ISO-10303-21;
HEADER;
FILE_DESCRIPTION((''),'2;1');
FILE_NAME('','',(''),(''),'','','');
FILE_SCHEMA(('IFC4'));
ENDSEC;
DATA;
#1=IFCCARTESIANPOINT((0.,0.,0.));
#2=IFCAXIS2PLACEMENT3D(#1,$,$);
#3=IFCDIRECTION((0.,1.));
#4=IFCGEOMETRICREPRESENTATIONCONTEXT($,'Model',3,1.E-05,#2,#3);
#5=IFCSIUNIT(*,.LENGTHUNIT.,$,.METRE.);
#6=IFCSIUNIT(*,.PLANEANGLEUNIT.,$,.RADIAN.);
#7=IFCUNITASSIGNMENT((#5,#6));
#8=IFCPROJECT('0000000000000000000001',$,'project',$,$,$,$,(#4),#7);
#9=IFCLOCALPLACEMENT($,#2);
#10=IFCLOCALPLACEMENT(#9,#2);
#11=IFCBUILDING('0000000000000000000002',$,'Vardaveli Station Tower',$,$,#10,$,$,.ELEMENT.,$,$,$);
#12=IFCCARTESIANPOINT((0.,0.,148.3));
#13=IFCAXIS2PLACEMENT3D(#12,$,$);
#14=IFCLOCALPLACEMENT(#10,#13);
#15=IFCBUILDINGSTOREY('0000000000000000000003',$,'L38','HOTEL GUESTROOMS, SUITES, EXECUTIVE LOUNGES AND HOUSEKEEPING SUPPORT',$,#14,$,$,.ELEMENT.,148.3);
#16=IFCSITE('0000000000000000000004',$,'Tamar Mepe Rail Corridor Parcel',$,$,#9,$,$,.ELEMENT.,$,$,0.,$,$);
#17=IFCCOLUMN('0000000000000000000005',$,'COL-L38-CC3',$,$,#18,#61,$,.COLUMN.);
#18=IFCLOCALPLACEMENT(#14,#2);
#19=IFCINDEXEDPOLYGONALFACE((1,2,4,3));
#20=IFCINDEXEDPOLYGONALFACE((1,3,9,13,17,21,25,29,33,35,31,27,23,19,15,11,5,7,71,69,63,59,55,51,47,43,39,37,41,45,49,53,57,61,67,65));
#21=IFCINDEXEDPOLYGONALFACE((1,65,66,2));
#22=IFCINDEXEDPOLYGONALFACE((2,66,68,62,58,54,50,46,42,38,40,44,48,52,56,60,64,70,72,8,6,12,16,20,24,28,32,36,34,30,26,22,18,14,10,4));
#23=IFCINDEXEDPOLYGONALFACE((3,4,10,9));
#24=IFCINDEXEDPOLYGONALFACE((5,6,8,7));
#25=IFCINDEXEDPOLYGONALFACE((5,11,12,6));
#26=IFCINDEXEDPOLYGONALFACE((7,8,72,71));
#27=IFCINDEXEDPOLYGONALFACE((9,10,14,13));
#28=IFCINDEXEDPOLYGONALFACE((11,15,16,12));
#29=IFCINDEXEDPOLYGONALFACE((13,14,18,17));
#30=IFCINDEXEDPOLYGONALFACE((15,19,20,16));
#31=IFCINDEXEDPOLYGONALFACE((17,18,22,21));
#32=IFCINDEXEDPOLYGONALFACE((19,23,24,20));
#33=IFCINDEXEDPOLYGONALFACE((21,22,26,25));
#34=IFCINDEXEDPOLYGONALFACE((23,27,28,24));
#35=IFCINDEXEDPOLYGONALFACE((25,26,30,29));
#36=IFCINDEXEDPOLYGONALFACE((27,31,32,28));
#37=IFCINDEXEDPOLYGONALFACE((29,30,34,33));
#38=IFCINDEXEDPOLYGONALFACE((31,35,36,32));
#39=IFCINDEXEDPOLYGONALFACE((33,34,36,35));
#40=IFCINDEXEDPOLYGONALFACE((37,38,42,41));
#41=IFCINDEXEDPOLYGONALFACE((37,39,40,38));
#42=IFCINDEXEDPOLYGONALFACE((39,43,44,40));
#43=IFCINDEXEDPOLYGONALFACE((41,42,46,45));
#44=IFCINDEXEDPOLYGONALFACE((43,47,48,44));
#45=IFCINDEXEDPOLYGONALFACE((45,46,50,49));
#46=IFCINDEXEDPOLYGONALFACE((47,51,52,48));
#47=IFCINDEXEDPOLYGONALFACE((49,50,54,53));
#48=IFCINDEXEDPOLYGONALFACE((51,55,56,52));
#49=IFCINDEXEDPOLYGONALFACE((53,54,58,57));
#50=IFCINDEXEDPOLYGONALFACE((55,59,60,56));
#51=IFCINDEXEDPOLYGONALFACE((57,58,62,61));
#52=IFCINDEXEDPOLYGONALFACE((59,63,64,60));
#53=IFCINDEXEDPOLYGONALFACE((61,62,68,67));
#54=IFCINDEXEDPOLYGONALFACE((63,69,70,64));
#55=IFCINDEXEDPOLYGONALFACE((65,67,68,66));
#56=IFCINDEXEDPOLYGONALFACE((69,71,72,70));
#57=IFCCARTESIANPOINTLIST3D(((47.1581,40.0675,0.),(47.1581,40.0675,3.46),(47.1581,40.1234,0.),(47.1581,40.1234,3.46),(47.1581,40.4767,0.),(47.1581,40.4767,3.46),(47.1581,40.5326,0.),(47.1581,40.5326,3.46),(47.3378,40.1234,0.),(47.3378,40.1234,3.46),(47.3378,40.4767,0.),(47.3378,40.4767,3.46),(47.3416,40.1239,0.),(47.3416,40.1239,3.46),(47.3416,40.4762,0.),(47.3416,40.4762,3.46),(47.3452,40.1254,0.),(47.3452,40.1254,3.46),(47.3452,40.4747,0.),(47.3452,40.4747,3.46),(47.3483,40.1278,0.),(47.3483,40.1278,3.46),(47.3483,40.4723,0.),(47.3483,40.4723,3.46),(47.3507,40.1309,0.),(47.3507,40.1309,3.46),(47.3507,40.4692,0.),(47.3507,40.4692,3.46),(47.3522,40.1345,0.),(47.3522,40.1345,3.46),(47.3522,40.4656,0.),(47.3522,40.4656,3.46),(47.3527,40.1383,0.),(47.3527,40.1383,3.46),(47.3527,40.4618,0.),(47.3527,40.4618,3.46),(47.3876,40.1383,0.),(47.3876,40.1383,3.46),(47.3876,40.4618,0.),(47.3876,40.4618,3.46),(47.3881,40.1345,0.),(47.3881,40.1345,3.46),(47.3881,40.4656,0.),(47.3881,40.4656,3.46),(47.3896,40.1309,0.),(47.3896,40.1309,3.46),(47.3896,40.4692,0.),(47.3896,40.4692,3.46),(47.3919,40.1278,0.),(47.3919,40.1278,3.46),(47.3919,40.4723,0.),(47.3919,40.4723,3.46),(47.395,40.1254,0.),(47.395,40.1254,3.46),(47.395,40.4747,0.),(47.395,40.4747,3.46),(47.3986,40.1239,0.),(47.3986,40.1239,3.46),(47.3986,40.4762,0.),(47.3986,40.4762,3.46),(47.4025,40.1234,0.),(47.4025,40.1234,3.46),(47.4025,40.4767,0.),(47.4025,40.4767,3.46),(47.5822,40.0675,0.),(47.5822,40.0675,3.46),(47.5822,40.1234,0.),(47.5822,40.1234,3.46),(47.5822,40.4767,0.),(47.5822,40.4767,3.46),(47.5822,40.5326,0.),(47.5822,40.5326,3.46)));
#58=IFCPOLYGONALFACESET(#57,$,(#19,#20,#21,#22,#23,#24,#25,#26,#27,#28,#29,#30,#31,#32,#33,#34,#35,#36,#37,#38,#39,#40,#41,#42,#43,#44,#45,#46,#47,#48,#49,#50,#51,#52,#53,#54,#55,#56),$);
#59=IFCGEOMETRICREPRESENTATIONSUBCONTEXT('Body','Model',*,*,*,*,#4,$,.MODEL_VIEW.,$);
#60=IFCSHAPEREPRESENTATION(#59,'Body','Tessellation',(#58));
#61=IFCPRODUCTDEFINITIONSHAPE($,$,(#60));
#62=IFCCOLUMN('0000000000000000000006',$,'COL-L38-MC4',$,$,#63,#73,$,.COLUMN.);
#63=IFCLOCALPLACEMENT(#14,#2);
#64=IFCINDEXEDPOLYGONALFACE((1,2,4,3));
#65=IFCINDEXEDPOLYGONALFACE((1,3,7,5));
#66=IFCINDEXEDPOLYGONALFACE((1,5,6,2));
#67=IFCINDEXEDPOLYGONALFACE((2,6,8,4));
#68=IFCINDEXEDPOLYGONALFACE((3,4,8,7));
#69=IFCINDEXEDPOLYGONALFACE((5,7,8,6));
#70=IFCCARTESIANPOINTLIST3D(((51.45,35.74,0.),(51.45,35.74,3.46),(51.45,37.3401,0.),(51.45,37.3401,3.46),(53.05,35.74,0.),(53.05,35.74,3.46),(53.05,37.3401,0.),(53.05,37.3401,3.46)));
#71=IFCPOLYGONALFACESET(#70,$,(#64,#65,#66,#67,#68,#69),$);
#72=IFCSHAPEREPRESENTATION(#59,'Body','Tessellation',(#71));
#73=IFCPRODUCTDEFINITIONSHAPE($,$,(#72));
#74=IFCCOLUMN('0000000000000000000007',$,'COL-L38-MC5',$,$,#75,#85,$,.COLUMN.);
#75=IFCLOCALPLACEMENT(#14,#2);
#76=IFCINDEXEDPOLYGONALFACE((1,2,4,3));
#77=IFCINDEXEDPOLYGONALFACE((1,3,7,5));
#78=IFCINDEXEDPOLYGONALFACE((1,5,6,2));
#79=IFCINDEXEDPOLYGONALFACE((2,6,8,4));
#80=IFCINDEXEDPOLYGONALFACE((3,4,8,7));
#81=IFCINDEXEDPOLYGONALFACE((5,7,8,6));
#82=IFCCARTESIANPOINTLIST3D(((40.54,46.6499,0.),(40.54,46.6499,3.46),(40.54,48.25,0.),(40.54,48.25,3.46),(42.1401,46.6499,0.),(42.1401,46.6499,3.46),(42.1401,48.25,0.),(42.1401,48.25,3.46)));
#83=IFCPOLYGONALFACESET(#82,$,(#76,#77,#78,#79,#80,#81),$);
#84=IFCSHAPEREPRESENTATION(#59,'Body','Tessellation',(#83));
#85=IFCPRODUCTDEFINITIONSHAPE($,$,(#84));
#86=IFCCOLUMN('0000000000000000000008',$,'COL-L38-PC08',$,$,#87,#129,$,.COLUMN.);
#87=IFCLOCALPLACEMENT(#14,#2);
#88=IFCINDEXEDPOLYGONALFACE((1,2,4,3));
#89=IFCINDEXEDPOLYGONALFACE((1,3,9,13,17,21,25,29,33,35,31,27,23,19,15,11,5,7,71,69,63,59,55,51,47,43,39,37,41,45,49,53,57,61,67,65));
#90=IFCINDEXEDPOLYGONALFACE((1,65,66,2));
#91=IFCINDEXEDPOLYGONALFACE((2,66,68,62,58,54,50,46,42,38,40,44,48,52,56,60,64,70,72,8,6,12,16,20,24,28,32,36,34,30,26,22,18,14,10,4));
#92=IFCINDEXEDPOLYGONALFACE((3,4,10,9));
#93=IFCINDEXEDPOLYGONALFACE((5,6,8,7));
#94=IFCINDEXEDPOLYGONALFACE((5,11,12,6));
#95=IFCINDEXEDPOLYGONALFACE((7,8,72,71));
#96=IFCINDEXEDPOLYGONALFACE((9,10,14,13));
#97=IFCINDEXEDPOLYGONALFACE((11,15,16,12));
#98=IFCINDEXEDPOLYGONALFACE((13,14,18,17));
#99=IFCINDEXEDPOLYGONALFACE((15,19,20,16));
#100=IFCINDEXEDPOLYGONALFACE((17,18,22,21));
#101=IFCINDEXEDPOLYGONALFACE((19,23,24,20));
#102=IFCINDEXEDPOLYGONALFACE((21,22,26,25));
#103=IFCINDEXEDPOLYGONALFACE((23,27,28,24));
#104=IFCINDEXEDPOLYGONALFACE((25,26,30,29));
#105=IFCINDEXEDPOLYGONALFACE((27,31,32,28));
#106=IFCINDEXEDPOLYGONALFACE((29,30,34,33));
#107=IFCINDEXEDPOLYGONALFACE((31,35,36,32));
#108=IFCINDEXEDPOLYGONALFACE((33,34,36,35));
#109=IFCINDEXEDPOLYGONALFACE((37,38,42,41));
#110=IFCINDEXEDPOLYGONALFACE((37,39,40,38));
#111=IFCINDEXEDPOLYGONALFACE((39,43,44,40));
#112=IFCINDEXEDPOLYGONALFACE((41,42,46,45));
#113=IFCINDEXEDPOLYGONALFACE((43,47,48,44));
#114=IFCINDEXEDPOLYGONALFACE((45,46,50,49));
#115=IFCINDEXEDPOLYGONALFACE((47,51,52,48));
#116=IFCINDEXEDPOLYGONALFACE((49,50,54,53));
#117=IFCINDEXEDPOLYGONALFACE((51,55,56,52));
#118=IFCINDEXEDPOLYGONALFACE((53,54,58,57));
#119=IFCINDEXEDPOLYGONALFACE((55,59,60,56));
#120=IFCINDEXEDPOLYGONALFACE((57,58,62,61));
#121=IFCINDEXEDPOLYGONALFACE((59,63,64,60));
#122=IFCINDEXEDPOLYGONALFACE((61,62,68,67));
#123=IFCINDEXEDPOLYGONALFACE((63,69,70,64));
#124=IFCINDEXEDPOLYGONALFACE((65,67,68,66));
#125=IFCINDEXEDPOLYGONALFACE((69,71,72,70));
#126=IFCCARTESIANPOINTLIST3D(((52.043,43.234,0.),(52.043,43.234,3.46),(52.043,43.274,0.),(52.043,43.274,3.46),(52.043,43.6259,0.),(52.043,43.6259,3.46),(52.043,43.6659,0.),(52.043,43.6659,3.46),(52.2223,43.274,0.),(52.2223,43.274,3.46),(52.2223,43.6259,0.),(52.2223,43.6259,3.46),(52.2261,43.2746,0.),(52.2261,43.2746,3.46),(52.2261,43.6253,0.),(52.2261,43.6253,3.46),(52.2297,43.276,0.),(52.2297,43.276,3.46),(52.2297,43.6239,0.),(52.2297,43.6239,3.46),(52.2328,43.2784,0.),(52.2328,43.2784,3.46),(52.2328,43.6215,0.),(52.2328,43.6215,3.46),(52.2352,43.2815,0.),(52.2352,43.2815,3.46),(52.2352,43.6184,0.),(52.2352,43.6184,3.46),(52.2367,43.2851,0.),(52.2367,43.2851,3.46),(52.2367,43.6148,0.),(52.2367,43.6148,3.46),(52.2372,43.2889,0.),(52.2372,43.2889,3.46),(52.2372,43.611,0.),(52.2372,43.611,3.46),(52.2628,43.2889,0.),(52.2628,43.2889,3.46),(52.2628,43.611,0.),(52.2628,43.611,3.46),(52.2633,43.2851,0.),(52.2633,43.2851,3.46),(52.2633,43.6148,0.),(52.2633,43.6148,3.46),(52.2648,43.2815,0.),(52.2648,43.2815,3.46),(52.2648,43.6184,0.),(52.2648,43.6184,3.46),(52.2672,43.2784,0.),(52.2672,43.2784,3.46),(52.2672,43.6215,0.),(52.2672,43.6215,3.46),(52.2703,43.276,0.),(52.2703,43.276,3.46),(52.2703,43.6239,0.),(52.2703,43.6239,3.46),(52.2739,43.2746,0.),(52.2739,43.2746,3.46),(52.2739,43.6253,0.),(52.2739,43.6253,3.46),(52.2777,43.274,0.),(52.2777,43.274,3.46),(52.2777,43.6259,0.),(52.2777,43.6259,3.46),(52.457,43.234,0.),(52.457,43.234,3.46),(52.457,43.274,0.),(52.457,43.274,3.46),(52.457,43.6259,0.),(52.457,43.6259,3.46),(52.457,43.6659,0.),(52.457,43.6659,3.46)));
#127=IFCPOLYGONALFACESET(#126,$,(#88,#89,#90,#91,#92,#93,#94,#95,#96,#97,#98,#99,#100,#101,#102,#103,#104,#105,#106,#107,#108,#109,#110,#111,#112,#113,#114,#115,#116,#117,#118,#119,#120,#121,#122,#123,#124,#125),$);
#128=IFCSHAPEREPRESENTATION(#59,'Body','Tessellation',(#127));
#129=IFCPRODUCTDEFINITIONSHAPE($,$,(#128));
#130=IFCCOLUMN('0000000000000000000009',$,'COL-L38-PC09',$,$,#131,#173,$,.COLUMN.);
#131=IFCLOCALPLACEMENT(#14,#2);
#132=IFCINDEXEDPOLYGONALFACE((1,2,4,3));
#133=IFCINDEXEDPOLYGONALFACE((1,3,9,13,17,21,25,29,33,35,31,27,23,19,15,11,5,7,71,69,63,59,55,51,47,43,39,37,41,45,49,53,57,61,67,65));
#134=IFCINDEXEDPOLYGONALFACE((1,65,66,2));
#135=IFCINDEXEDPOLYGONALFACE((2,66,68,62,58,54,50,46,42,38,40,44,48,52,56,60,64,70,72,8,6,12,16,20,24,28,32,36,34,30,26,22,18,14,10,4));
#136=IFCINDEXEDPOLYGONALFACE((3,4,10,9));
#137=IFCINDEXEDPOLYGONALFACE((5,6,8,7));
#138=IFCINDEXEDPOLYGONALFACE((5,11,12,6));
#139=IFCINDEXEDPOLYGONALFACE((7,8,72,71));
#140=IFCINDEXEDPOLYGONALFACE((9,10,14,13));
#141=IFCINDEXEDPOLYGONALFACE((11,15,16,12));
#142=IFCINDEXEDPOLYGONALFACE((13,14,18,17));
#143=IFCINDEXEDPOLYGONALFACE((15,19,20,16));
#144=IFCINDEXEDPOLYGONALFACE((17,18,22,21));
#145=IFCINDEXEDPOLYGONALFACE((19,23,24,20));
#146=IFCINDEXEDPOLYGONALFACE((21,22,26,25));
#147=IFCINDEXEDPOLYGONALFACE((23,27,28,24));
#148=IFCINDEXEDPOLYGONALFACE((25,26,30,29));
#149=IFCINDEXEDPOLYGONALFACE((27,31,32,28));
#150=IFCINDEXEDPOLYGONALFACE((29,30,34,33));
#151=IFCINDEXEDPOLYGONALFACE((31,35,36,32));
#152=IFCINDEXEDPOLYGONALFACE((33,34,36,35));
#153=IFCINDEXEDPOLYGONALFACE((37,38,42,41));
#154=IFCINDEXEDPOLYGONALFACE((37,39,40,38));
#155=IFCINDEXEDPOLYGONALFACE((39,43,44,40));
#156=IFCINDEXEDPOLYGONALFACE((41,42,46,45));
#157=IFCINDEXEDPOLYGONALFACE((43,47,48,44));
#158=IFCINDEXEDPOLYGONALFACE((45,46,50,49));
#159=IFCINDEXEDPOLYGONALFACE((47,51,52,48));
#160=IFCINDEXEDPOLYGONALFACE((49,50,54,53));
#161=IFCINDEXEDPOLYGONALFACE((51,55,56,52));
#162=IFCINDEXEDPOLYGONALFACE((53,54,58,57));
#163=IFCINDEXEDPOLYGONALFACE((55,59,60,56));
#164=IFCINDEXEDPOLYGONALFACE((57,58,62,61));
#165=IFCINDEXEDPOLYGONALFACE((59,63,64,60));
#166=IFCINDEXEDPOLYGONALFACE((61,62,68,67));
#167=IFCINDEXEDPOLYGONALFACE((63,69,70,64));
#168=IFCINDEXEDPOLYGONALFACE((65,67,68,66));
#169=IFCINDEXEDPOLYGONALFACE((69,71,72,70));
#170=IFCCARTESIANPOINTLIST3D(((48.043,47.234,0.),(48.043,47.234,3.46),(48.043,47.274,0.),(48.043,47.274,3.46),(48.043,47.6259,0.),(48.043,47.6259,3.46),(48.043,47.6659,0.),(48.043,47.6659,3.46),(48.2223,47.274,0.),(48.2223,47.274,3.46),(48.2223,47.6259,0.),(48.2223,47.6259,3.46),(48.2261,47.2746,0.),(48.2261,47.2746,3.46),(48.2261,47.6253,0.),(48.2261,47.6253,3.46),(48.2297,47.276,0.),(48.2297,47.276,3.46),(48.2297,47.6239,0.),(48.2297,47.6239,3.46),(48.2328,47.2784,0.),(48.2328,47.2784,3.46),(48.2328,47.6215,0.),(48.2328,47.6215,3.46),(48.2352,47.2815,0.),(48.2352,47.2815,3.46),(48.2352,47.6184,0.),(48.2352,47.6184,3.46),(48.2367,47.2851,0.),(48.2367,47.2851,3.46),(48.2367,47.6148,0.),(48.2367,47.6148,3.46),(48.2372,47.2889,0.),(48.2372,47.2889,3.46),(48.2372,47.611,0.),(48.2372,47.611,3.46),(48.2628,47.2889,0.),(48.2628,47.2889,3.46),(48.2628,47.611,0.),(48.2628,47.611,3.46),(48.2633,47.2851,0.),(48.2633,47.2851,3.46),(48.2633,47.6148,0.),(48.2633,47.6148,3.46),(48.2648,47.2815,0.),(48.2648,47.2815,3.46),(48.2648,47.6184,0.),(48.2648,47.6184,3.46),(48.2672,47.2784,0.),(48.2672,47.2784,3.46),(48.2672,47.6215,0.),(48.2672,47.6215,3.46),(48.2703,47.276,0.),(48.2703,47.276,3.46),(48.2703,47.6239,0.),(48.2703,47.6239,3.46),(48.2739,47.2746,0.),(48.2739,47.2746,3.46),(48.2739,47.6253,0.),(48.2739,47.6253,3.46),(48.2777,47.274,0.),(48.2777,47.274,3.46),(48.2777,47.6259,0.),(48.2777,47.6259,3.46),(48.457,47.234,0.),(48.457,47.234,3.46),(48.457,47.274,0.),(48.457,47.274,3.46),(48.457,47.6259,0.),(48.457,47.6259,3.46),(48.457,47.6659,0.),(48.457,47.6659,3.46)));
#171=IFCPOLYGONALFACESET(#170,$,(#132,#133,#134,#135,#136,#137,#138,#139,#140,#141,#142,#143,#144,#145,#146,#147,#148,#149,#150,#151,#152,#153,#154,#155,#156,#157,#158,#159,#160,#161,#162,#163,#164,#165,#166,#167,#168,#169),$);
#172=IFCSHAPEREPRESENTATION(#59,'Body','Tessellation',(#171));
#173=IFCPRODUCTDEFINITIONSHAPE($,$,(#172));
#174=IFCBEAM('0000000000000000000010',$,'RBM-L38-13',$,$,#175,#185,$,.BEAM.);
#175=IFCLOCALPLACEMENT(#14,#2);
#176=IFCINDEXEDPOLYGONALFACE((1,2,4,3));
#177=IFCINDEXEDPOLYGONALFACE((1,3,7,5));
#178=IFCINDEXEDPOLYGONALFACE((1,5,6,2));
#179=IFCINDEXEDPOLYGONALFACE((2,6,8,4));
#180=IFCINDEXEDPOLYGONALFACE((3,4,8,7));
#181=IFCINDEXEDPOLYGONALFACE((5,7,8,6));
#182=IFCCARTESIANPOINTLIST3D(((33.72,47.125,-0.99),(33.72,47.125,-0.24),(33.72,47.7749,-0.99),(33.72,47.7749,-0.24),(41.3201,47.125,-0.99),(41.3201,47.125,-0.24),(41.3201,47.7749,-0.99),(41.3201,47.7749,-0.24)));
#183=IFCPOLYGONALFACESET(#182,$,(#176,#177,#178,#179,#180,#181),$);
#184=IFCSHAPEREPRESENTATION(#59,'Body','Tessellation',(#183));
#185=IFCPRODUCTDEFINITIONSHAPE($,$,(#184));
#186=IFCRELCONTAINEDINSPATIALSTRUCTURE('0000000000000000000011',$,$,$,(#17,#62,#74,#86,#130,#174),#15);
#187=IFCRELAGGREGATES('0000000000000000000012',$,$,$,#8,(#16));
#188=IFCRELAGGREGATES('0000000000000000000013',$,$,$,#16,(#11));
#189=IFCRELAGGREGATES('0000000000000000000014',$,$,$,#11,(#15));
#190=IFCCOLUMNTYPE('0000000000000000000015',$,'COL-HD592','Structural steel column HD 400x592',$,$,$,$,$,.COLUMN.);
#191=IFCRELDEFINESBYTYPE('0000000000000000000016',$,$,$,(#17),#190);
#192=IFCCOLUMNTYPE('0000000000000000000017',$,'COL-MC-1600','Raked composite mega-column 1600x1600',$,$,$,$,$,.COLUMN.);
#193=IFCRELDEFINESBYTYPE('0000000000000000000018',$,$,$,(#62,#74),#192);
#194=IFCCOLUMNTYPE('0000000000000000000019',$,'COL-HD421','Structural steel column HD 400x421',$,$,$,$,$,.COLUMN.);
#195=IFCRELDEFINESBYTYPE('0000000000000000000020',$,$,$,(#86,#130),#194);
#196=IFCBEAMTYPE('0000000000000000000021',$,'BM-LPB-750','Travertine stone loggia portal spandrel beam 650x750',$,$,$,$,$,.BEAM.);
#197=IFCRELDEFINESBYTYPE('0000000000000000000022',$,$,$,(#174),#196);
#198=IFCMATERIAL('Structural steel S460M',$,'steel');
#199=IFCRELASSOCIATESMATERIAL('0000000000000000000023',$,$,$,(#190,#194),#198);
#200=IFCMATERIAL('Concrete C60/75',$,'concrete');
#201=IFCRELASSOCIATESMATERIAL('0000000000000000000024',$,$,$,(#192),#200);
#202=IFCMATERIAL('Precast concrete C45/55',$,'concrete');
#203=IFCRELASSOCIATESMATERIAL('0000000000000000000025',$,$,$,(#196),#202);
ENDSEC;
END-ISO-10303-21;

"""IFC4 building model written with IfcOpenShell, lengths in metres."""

from ifc_helpers import new_model, si_unit, direction, frame, origin, origin_2d, place, context, subcontext, project, spatial, rectangle, i_section, extrude, source, transform, mapped, material, material_profile, profile_set, type_object, element, save


model = new_model("IFC4")

# Units and contexts
model_context = context("Model", 3, precision=1e-05, world=origin(), true_north=direction((0.0, 1.0)))
body_context = subcontext(model_context, "Body", "Model", "MODEL_VIEW")
ifc_project = project(units=[si_unit("LENGTHUNIT", "METRE"), si_unit("PLANEANGLEUNIT", "RADIAN")], contexts=[model_context])

# Site, building, storey
site_placement = place(None, origin())
site = spatial("IfcSite", under=ifc_project, at=site_placement, Name="Tamar Mepe Rail Corridor Parcel", CompositionType="ELEMENT", RefElevation=0.0)
building_placement = place(site_placement, origin())
building = spatial("IfcBuilding", under=site, at=building_placement, Name="Vardaveli Station Tower", CompositionType="ELEMENT")
storey_placement = place(building_placement, frame((0.0, 0.0, 148.3)))
storey = spatial("IfcBuildingStorey", under=building, at=storey_placement, Name="L38", Description="HOTEL GUESTROOMS, SUITES, EXECUTIVE LOUNGES AND HOUSEKEEPING SUPPORT", CompositionType="ELEMENT", Elevation=148.3)

# Columns
ifc_material_1 = material(Name="Structural steel S460M", Category="steel")
ifc_material_profile_1 = material_profile(ifc_material_1, i_section(OverallWidth=0.4241, OverallDepth=0.4651, WebThickness=0.0349, FlangeThickness=0.0559, FilletRadius=0.0149, at=origin_2d()), Name="HD 400x592")
ifc_profile_set_1 = profile_set([ifc_material_profile_1], Name="Structural steel S460M")
column_type_1 = type_object("IfcColumnType", Name="COL-HD592", Description="Structural steel column HD 400x592", PredefinedType="COLUMN", material=ifc_profile_set_1)
shared_shape_1 = source(origin(), body_context, "Body", "SweptSolid", [
    extrude(i_section(OverallWidth=0.4241, OverallDepth=0.4651, WebThickness=0.0349, FlangeThickness=0.0559, FilletRadius=0.0149, at=origin_2d()), origin(), (0.0, 0.0, 1.0), 3.46),
])
column_placement = place(storey_placement, frame((47.3701, 40.3, 0.0), z_axis=(0.0, 0.0, 1.0), x_axis=(1.0, 0.0, 0.0)))
element("IfcColumn", 1, at=column_placement, inside=storey, type_object=column_type_1, Name="COL-L38-CC3", PredefinedType="COLUMN", context=body_context, shape_type="MappedRepresentation", body=[
    mapped(shared_shape_1, transform((0.0, 0.0, 0.0), scale=1.0)),
])
ifc_material_2 = material(Name="Concrete C60/75", Category="concrete")
ifc_material_profile_2 = material_profile(ifc_material_2, rectangle(XDim=1.6001, YDim=1.6001, at=origin_2d()), Name="MC 1600x1600")
ifc_profile_set_2 = profile_set([ifc_material_profile_2], Name="Concrete C60/75")
column_type_2 = type_object("IfcColumnType", Name="COL-MC-1600", Description="Raked composite mega-column 1600x1600", PredefinedType="COLUMN", material=ifc_profile_set_2)
shared_shape_2 = source(origin(), body_context, "Body", "SweptSolid", [
    extrude(rectangle(XDim=1.6001, YDim=1.6001, at=origin_2d()), origin(), (0.0, 0.0, 1.0), 3.46),
])
for number, where, z_axis, x_axis, name in (
    (2, (52.25, 36.54, 0.0), (0.0, 0.0, 1.0), (1.0, 0.0, 0.0), "COL-L38-MC4"),
    (3, (41.3401, 47.45, 0.0), (0.0, 0.0, 1.0), (1.0, 0.0, 0.0), "COL-L38-MC5"),
):
    element("IfcColumn", number, at=place(storey_placement, frame(where, z_axis=z_axis, x_axis=x_axis)), inside=storey, type_object=column_type_2, Name=name, PredefinedType="COLUMN", context=body_context, shape_type="MappedRepresentation", body=[
        mapped(shared_shape_2, transform((0.0, 0.0, 0.0), scale=1.0)),
    ])
ifc_material_profile_3 = material_profile(ifc_material_1, i_section(OverallWidth=0.4141, OverallDepth=0.4319, WebThickness=0.0256, FlangeThickness=0.04, FilletRadius=0.0149, at=origin_2d()), Name="HD 400x421")
ifc_profile_set_3 = profile_set([ifc_material_profile_3], Name="Structural steel S460M")
column_type_3 = type_object("IfcColumnType", Name="COL-HD421", Description="Structural steel column HD 400x421", PredefinedType="COLUMN", material=ifc_profile_set_3)
shared_shape_3 = source(origin(), body_context, "Body", "SweptSolid", [
    extrude(i_section(OverallWidth=0.4141, OverallDepth=0.4319, WebThickness=0.0256, FlangeThickness=0.04, FilletRadius=0.0149, at=origin_2d()), origin(), (0.0, 0.0, 1.0), 3.46),
])
for number, where, z_axis, x_axis, name in (
    (4, (52.25, 43.45, 0.0), (0.0, 0.0, 1.0), (1.0, 0.0, 0.0), "COL-L38-PC08"),
    (5, (48.25, 47.45, 0.0), (0.0, 0.0, 1.0), (1.0, 0.0, 0.0), "COL-L38-PC09"),
):
    element("IfcColumn", number, at=place(storey_placement, frame(where, z_axis=z_axis, x_axis=x_axis)), inside=storey, type_object=column_type_3, Name=name, PredefinedType="COLUMN", context=body_context, shape_type="MappedRepresentation", body=[
        mapped(shared_shape_3, transform((0.0, 0.0, 0.0), scale=1.0)),
    ])

# Beam
ifc_material_3 = material(Name="Precast concrete C45/55", Category="concrete")
ifc_material_profile_4 = material_profile(ifc_material_3, rectangle(XDim=0.6499, YDim=0.75, at=origin_2d()), Name="LPB 650x750")
ifc_profile_set_4 = profile_set([ifc_material_profile_4], Name="Precast concrete C45/55")
beam_type = type_object("IfcBeamType", Name="BM-LPB-750", Description="Travertine stone loggia portal spandrel beam 650x750", PredefinedType="BEAM", material=ifc_profile_set_4)
shared_shape_4 = source(origin(), body_context, "Body", "SweptSolid", [
    extrude(rectangle(XDim=0.6499, YDim=0.75, at=origin_2d()), origin(), (0.0, 0.0, 1.0), 7.6001),
])
beam_1_placement = place(storey_placement, frame((41.3201, 47.45, -0.615), z_axis=(-1.0, 0.0, 0.0), x_axis=(0.0, -1.0, 0.0)))
element("IfcBeam", 6, at=beam_1_placement, inside=storey, type_object=beam_type, Name="RBM-L38-13", PredefinedType="BEAM", context=body_context, shape_type="MappedRepresentation", body=[
    mapped(shared_shape_4, transform((0.0, 0.0, 0.0), scale=1.0)),
])

save(model, "model.ifc")
